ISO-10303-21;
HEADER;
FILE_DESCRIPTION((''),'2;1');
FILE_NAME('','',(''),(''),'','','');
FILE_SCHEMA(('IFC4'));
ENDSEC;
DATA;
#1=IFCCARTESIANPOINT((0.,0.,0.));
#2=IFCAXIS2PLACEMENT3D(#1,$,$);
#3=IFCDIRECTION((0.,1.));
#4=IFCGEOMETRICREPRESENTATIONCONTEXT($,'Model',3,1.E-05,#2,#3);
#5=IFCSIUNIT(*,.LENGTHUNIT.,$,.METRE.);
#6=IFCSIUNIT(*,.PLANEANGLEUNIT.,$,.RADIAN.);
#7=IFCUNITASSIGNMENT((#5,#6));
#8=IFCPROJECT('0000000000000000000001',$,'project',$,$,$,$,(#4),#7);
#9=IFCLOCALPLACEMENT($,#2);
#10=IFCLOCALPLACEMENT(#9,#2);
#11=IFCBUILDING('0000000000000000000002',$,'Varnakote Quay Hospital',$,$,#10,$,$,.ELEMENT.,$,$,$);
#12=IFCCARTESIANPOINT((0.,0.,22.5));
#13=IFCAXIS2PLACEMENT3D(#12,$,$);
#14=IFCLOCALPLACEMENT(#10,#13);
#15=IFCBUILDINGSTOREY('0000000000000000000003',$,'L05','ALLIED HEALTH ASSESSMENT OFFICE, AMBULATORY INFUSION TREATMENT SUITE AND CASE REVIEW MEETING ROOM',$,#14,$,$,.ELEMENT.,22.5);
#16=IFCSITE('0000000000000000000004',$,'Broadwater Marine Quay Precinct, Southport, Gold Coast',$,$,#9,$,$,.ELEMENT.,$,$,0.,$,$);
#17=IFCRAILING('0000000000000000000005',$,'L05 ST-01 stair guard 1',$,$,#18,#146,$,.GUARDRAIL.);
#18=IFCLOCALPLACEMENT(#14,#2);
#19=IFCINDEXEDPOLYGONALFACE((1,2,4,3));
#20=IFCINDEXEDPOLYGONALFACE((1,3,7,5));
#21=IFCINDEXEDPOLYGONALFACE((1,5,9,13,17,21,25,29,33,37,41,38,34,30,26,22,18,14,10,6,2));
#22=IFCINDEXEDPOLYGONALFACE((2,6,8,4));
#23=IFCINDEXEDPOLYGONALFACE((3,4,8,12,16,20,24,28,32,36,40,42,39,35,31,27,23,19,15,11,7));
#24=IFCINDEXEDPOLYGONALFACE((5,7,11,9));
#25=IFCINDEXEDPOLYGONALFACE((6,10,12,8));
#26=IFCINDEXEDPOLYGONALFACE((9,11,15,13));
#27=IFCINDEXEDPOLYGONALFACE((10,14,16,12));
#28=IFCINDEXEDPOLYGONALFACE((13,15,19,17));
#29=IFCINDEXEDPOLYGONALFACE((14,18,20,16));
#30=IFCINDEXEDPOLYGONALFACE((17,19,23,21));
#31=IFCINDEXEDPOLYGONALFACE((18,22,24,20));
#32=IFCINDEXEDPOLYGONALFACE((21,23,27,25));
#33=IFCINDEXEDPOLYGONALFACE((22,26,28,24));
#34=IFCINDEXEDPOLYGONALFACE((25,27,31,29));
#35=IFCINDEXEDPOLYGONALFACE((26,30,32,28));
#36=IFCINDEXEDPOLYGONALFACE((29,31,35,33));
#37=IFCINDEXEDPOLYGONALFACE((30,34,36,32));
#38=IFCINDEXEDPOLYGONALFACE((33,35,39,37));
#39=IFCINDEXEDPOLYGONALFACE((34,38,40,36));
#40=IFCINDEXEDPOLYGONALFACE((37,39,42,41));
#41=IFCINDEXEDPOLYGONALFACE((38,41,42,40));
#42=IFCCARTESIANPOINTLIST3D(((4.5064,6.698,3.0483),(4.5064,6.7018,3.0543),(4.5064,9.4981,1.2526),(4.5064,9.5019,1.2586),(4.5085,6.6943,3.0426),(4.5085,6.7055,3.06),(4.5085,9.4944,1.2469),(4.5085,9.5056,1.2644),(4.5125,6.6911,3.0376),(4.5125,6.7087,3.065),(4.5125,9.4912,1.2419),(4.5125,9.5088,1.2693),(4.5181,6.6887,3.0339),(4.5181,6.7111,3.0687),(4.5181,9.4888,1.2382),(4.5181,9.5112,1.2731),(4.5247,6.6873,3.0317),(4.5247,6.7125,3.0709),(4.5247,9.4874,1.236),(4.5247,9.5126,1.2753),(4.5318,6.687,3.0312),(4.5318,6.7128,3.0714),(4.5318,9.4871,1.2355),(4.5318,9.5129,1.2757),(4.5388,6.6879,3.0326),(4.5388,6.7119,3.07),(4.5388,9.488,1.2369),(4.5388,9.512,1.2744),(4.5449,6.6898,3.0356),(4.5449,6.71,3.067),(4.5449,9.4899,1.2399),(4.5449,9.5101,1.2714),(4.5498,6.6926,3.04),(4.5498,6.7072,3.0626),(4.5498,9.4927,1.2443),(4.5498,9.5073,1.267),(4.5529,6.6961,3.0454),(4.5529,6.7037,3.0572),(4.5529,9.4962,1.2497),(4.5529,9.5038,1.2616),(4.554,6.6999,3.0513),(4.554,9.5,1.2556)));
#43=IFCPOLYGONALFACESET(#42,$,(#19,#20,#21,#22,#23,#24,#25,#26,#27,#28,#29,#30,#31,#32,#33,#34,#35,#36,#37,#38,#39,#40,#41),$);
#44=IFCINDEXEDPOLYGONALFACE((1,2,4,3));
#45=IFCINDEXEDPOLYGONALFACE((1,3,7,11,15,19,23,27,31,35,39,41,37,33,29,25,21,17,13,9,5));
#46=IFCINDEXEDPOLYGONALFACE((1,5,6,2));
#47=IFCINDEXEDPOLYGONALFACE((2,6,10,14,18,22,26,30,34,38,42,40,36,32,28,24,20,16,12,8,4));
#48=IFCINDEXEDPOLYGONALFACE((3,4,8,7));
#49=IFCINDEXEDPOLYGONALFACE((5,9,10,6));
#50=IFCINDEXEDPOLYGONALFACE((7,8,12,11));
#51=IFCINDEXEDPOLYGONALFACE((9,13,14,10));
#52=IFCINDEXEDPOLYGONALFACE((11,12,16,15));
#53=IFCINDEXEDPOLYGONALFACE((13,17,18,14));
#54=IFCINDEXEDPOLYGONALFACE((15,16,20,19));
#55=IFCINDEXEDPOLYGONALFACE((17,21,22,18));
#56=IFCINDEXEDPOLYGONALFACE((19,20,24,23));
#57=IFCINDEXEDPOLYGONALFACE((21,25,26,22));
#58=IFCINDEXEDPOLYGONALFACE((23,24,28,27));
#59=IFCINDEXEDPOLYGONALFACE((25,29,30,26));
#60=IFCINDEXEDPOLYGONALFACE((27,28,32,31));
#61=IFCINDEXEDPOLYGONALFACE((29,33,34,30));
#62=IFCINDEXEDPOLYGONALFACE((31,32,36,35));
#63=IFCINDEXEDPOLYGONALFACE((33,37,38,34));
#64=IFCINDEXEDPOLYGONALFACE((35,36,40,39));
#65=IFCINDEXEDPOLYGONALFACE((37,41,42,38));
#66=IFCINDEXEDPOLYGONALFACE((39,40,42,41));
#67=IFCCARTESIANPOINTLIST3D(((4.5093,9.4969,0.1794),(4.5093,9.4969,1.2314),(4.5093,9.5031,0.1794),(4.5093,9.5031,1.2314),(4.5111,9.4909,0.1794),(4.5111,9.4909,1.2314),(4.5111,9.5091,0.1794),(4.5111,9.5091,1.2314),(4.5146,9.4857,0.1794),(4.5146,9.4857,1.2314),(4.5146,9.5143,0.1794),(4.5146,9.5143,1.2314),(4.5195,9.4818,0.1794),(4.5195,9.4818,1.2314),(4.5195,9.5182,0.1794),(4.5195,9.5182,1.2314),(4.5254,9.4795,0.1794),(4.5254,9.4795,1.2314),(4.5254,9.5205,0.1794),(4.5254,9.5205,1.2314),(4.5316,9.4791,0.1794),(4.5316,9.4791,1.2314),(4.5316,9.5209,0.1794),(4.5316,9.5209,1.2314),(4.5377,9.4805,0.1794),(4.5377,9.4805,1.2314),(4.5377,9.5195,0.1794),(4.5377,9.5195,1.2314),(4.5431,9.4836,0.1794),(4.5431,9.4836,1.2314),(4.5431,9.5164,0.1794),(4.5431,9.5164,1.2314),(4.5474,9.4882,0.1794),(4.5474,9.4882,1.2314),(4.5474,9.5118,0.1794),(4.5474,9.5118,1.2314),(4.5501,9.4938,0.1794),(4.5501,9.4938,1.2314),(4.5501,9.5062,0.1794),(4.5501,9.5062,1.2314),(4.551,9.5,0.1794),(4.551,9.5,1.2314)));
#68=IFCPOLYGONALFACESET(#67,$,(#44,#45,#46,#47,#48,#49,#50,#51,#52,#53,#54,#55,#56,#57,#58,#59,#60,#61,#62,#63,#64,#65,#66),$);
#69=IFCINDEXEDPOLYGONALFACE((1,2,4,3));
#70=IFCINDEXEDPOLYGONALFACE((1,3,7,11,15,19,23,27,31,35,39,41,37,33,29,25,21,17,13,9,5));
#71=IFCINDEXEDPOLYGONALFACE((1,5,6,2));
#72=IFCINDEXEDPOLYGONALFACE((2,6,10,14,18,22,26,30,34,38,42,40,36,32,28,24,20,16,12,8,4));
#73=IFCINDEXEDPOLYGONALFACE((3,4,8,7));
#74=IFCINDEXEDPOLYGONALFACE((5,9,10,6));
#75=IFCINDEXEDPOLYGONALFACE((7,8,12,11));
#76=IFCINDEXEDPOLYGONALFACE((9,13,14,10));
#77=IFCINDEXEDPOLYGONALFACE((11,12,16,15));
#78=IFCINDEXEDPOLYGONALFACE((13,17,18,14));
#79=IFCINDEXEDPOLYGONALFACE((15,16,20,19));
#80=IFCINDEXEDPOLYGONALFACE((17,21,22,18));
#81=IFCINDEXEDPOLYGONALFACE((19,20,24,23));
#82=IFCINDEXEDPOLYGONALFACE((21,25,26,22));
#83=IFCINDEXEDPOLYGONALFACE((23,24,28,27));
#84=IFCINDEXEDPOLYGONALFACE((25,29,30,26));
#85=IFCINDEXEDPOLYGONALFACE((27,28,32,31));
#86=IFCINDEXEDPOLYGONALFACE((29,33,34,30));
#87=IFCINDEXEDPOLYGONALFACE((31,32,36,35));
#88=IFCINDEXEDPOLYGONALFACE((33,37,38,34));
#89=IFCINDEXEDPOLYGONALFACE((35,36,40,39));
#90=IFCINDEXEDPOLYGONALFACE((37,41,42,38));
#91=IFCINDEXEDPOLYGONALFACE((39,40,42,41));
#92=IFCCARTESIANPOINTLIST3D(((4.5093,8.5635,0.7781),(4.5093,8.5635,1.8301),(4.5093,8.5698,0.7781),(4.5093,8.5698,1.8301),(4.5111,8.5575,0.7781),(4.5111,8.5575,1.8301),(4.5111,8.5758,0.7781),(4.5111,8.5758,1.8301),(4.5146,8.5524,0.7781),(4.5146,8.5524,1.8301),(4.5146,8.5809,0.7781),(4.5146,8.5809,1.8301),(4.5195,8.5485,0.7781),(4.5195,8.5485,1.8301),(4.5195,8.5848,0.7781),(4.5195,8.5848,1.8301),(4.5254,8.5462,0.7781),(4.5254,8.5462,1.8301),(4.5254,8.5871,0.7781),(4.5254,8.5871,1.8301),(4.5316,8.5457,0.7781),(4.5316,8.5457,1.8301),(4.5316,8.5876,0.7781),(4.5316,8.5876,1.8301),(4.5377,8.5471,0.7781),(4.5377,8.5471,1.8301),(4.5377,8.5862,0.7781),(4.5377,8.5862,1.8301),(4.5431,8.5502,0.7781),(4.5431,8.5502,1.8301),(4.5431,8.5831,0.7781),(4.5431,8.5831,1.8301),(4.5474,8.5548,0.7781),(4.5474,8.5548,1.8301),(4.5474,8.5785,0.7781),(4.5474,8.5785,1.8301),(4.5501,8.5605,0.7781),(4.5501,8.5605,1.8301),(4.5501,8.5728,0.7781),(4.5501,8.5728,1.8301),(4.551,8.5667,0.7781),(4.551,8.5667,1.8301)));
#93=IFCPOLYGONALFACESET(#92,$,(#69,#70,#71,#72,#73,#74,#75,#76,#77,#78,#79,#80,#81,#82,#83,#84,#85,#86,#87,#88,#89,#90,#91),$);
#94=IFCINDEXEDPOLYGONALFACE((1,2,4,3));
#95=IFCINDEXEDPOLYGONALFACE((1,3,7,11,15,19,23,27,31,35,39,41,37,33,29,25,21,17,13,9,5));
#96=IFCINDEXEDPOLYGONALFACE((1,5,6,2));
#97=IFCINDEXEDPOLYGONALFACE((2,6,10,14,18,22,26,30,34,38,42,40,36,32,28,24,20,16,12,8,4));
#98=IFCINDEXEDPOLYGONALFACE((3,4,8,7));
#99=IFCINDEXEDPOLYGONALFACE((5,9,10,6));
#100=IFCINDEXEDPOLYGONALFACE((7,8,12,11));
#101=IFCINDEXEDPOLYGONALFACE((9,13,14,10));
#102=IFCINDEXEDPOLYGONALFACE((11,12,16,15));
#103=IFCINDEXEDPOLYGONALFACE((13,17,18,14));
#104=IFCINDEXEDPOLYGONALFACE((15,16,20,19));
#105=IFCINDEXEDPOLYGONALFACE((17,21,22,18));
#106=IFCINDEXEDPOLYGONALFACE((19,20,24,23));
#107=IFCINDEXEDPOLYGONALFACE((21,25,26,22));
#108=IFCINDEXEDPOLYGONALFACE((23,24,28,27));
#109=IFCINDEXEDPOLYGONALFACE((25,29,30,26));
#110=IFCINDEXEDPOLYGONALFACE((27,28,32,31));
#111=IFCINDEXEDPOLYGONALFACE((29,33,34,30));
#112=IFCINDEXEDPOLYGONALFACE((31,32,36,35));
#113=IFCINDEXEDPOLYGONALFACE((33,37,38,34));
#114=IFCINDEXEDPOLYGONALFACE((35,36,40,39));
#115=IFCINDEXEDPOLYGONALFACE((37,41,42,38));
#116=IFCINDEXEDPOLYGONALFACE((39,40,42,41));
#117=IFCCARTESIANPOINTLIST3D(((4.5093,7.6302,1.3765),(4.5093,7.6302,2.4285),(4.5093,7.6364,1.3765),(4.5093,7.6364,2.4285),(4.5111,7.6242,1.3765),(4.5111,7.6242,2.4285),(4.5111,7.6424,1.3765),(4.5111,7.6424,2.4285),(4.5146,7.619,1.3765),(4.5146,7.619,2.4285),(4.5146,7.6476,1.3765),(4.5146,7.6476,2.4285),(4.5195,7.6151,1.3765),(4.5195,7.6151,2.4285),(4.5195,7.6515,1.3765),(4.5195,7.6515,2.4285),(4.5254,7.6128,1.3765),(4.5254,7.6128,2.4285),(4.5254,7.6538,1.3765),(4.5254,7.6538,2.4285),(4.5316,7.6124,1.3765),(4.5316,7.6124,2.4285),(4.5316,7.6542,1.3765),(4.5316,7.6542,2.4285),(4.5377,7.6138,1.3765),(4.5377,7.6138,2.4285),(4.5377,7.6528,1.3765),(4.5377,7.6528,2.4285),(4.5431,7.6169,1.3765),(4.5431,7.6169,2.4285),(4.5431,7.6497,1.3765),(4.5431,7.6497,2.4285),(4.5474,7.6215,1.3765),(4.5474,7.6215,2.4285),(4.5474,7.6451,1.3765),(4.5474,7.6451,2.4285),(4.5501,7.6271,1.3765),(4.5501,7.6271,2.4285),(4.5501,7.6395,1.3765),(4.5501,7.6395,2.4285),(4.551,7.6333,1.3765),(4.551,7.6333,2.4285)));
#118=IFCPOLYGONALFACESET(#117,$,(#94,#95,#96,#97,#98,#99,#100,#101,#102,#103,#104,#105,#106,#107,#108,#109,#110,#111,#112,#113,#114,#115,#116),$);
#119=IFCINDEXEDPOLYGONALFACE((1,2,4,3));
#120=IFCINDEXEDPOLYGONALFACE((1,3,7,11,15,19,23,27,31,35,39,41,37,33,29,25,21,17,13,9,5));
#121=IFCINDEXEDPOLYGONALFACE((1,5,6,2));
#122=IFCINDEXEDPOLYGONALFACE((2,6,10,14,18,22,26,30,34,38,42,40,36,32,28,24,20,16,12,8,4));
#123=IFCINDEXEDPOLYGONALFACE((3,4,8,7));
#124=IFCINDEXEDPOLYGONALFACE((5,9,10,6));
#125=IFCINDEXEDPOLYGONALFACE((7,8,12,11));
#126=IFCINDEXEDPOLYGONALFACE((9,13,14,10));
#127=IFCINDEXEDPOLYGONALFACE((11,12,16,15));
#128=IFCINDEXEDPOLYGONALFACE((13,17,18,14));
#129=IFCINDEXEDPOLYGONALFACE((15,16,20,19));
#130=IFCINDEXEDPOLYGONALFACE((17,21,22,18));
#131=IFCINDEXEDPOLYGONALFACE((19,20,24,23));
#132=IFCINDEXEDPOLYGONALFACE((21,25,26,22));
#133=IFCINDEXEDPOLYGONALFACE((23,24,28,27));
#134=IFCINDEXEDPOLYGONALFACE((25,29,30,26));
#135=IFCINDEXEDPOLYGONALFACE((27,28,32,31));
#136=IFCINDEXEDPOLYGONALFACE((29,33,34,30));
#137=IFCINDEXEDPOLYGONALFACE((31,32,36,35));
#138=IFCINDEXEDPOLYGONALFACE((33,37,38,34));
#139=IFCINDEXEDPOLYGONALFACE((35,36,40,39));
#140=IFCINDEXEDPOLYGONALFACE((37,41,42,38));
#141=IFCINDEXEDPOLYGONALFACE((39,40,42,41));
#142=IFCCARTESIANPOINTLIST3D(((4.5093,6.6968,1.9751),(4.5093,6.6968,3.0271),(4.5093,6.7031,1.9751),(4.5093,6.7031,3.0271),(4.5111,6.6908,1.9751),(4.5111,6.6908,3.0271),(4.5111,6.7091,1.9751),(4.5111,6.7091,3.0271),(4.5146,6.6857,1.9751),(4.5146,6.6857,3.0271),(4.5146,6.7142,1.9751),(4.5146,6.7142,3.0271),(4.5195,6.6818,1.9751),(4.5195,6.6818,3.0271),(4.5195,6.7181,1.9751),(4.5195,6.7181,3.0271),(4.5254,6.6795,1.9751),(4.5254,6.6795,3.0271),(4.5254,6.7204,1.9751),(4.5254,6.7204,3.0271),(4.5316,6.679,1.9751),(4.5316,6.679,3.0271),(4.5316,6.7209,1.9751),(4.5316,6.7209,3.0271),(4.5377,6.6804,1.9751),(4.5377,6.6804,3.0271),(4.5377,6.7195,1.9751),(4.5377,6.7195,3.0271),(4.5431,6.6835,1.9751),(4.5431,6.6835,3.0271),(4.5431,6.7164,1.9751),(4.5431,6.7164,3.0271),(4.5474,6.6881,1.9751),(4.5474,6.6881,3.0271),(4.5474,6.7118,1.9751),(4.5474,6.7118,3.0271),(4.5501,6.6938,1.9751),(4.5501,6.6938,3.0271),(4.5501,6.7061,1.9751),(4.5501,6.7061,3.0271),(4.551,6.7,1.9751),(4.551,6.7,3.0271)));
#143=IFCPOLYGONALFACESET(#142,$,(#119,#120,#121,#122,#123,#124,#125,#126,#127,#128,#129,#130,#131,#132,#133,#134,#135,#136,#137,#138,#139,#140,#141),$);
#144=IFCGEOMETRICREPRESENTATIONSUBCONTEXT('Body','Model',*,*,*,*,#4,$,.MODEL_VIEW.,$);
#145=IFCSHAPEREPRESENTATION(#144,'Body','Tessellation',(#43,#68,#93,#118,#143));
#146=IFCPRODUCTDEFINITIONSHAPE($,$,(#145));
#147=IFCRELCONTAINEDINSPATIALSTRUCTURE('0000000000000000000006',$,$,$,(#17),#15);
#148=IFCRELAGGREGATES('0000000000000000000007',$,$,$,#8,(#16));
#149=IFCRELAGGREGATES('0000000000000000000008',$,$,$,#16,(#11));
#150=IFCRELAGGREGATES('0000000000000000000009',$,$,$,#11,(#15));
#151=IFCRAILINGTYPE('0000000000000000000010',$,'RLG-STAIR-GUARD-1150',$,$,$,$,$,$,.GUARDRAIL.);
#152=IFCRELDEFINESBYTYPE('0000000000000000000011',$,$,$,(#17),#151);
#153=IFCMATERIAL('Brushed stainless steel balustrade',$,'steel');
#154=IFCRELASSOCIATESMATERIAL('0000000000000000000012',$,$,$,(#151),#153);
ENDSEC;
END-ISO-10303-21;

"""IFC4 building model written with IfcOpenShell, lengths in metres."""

from ifc_helpers import new_model, si_unit, direction, frame, origin, origin_2d, place, context, subcontext, project, spatial, circle, extrude, material, type_object, element, save


model = new_model("IFC4")

# Units and contexts
model_context = context("Model", 3, precision=1e-05, world=origin(), true_north=direction((0.0, 1.0)))
body_context = subcontext(model_context, "Body", "Model", "MODEL_VIEW")
ifc_project = project(units=[si_unit("LENGTHUNIT", "METRE"), si_unit("PLANEANGLEUNIT", "RADIAN")], contexts=[model_context])

# Site, building, storey
site_placement = place(None, origin())
site = spatial("IfcSite", under=ifc_project, at=site_placement, Name="Broadwater Marine Quay Precinct, Southport, Gold Coast", CompositionType="ELEMENT", RefElevation=0.0)
building_placement = place(site_placement, origin())
building = spatial("IfcBuilding", under=site, at=building_placement, Name="Varnakote Quay Hospital", CompositionType="ELEMENT")
storey_placement = place(building_placement, frame((0.0, 0.0, 22.5)))
storey = spatial("IfcBuildingStorey", under=building, at=storey_placement, Name="L05", Description="ALLIED HEALTH ASSESSMENT OFFICE, AMBULATORY INFUSION TREATMENT SUITE AND CASE REVIEW MEETING ROOM", CompositionType="ELEMENT", Elevation=22.5)

# Railing
ifc_material_1 = material(Name="Brushed stainless steel balustrade", Category="steel")
railing_type_1 = type_object("IfcRailingType", Name="RLG-STAIR-GUARD-1150", PredefinedType="GUARDRAIL", material=ifc_material_1)
railing_1_placement = place(storey_placement, frame((4.53, 9.5, 0.1794)))
element("IfcRailing", 1, at=railing_1_placement, inside=storey, type_object=railing_type_1, Name="L05 ST-01 stair guard 1", PredefinedType="GUARDRAIL", context=body_context, shape_type="SweptSolid", body=[
    extrude(circle(Radius=0.0239, at=origin_2d()), frame((0.0, 0.0, 1.0762), z_axis=(0.0, -0.841777, 0.539826), x_axis=(1.0, 0.0, 0.0)), (0.0, 0.0, 1.0), 3.3264),
    extrude(circle(Radius=0.021, at=origin_2d()), origin(), (0.0, 0.0, 1.0), 1.052),
    extrude(circle(Radius=0.021, at=origin_2d()), frame((0.0, -0.9333, 0.5986)), (0.0, 0.0, 1.0), 1.052),
    extrude(circle(Radius=0.021, at=origin_2d()), frame((0.0, -1.8667, 1.197)), (0.0, 0.0, 1.0), 1.052),
    extrude(circle(Radius=0.021, at=origin_2d()), frame((0.0, -2.8, 1.7957)), (0.0, 0.0, 1.0), 1.052),
])

save(model, "model.ifc")
